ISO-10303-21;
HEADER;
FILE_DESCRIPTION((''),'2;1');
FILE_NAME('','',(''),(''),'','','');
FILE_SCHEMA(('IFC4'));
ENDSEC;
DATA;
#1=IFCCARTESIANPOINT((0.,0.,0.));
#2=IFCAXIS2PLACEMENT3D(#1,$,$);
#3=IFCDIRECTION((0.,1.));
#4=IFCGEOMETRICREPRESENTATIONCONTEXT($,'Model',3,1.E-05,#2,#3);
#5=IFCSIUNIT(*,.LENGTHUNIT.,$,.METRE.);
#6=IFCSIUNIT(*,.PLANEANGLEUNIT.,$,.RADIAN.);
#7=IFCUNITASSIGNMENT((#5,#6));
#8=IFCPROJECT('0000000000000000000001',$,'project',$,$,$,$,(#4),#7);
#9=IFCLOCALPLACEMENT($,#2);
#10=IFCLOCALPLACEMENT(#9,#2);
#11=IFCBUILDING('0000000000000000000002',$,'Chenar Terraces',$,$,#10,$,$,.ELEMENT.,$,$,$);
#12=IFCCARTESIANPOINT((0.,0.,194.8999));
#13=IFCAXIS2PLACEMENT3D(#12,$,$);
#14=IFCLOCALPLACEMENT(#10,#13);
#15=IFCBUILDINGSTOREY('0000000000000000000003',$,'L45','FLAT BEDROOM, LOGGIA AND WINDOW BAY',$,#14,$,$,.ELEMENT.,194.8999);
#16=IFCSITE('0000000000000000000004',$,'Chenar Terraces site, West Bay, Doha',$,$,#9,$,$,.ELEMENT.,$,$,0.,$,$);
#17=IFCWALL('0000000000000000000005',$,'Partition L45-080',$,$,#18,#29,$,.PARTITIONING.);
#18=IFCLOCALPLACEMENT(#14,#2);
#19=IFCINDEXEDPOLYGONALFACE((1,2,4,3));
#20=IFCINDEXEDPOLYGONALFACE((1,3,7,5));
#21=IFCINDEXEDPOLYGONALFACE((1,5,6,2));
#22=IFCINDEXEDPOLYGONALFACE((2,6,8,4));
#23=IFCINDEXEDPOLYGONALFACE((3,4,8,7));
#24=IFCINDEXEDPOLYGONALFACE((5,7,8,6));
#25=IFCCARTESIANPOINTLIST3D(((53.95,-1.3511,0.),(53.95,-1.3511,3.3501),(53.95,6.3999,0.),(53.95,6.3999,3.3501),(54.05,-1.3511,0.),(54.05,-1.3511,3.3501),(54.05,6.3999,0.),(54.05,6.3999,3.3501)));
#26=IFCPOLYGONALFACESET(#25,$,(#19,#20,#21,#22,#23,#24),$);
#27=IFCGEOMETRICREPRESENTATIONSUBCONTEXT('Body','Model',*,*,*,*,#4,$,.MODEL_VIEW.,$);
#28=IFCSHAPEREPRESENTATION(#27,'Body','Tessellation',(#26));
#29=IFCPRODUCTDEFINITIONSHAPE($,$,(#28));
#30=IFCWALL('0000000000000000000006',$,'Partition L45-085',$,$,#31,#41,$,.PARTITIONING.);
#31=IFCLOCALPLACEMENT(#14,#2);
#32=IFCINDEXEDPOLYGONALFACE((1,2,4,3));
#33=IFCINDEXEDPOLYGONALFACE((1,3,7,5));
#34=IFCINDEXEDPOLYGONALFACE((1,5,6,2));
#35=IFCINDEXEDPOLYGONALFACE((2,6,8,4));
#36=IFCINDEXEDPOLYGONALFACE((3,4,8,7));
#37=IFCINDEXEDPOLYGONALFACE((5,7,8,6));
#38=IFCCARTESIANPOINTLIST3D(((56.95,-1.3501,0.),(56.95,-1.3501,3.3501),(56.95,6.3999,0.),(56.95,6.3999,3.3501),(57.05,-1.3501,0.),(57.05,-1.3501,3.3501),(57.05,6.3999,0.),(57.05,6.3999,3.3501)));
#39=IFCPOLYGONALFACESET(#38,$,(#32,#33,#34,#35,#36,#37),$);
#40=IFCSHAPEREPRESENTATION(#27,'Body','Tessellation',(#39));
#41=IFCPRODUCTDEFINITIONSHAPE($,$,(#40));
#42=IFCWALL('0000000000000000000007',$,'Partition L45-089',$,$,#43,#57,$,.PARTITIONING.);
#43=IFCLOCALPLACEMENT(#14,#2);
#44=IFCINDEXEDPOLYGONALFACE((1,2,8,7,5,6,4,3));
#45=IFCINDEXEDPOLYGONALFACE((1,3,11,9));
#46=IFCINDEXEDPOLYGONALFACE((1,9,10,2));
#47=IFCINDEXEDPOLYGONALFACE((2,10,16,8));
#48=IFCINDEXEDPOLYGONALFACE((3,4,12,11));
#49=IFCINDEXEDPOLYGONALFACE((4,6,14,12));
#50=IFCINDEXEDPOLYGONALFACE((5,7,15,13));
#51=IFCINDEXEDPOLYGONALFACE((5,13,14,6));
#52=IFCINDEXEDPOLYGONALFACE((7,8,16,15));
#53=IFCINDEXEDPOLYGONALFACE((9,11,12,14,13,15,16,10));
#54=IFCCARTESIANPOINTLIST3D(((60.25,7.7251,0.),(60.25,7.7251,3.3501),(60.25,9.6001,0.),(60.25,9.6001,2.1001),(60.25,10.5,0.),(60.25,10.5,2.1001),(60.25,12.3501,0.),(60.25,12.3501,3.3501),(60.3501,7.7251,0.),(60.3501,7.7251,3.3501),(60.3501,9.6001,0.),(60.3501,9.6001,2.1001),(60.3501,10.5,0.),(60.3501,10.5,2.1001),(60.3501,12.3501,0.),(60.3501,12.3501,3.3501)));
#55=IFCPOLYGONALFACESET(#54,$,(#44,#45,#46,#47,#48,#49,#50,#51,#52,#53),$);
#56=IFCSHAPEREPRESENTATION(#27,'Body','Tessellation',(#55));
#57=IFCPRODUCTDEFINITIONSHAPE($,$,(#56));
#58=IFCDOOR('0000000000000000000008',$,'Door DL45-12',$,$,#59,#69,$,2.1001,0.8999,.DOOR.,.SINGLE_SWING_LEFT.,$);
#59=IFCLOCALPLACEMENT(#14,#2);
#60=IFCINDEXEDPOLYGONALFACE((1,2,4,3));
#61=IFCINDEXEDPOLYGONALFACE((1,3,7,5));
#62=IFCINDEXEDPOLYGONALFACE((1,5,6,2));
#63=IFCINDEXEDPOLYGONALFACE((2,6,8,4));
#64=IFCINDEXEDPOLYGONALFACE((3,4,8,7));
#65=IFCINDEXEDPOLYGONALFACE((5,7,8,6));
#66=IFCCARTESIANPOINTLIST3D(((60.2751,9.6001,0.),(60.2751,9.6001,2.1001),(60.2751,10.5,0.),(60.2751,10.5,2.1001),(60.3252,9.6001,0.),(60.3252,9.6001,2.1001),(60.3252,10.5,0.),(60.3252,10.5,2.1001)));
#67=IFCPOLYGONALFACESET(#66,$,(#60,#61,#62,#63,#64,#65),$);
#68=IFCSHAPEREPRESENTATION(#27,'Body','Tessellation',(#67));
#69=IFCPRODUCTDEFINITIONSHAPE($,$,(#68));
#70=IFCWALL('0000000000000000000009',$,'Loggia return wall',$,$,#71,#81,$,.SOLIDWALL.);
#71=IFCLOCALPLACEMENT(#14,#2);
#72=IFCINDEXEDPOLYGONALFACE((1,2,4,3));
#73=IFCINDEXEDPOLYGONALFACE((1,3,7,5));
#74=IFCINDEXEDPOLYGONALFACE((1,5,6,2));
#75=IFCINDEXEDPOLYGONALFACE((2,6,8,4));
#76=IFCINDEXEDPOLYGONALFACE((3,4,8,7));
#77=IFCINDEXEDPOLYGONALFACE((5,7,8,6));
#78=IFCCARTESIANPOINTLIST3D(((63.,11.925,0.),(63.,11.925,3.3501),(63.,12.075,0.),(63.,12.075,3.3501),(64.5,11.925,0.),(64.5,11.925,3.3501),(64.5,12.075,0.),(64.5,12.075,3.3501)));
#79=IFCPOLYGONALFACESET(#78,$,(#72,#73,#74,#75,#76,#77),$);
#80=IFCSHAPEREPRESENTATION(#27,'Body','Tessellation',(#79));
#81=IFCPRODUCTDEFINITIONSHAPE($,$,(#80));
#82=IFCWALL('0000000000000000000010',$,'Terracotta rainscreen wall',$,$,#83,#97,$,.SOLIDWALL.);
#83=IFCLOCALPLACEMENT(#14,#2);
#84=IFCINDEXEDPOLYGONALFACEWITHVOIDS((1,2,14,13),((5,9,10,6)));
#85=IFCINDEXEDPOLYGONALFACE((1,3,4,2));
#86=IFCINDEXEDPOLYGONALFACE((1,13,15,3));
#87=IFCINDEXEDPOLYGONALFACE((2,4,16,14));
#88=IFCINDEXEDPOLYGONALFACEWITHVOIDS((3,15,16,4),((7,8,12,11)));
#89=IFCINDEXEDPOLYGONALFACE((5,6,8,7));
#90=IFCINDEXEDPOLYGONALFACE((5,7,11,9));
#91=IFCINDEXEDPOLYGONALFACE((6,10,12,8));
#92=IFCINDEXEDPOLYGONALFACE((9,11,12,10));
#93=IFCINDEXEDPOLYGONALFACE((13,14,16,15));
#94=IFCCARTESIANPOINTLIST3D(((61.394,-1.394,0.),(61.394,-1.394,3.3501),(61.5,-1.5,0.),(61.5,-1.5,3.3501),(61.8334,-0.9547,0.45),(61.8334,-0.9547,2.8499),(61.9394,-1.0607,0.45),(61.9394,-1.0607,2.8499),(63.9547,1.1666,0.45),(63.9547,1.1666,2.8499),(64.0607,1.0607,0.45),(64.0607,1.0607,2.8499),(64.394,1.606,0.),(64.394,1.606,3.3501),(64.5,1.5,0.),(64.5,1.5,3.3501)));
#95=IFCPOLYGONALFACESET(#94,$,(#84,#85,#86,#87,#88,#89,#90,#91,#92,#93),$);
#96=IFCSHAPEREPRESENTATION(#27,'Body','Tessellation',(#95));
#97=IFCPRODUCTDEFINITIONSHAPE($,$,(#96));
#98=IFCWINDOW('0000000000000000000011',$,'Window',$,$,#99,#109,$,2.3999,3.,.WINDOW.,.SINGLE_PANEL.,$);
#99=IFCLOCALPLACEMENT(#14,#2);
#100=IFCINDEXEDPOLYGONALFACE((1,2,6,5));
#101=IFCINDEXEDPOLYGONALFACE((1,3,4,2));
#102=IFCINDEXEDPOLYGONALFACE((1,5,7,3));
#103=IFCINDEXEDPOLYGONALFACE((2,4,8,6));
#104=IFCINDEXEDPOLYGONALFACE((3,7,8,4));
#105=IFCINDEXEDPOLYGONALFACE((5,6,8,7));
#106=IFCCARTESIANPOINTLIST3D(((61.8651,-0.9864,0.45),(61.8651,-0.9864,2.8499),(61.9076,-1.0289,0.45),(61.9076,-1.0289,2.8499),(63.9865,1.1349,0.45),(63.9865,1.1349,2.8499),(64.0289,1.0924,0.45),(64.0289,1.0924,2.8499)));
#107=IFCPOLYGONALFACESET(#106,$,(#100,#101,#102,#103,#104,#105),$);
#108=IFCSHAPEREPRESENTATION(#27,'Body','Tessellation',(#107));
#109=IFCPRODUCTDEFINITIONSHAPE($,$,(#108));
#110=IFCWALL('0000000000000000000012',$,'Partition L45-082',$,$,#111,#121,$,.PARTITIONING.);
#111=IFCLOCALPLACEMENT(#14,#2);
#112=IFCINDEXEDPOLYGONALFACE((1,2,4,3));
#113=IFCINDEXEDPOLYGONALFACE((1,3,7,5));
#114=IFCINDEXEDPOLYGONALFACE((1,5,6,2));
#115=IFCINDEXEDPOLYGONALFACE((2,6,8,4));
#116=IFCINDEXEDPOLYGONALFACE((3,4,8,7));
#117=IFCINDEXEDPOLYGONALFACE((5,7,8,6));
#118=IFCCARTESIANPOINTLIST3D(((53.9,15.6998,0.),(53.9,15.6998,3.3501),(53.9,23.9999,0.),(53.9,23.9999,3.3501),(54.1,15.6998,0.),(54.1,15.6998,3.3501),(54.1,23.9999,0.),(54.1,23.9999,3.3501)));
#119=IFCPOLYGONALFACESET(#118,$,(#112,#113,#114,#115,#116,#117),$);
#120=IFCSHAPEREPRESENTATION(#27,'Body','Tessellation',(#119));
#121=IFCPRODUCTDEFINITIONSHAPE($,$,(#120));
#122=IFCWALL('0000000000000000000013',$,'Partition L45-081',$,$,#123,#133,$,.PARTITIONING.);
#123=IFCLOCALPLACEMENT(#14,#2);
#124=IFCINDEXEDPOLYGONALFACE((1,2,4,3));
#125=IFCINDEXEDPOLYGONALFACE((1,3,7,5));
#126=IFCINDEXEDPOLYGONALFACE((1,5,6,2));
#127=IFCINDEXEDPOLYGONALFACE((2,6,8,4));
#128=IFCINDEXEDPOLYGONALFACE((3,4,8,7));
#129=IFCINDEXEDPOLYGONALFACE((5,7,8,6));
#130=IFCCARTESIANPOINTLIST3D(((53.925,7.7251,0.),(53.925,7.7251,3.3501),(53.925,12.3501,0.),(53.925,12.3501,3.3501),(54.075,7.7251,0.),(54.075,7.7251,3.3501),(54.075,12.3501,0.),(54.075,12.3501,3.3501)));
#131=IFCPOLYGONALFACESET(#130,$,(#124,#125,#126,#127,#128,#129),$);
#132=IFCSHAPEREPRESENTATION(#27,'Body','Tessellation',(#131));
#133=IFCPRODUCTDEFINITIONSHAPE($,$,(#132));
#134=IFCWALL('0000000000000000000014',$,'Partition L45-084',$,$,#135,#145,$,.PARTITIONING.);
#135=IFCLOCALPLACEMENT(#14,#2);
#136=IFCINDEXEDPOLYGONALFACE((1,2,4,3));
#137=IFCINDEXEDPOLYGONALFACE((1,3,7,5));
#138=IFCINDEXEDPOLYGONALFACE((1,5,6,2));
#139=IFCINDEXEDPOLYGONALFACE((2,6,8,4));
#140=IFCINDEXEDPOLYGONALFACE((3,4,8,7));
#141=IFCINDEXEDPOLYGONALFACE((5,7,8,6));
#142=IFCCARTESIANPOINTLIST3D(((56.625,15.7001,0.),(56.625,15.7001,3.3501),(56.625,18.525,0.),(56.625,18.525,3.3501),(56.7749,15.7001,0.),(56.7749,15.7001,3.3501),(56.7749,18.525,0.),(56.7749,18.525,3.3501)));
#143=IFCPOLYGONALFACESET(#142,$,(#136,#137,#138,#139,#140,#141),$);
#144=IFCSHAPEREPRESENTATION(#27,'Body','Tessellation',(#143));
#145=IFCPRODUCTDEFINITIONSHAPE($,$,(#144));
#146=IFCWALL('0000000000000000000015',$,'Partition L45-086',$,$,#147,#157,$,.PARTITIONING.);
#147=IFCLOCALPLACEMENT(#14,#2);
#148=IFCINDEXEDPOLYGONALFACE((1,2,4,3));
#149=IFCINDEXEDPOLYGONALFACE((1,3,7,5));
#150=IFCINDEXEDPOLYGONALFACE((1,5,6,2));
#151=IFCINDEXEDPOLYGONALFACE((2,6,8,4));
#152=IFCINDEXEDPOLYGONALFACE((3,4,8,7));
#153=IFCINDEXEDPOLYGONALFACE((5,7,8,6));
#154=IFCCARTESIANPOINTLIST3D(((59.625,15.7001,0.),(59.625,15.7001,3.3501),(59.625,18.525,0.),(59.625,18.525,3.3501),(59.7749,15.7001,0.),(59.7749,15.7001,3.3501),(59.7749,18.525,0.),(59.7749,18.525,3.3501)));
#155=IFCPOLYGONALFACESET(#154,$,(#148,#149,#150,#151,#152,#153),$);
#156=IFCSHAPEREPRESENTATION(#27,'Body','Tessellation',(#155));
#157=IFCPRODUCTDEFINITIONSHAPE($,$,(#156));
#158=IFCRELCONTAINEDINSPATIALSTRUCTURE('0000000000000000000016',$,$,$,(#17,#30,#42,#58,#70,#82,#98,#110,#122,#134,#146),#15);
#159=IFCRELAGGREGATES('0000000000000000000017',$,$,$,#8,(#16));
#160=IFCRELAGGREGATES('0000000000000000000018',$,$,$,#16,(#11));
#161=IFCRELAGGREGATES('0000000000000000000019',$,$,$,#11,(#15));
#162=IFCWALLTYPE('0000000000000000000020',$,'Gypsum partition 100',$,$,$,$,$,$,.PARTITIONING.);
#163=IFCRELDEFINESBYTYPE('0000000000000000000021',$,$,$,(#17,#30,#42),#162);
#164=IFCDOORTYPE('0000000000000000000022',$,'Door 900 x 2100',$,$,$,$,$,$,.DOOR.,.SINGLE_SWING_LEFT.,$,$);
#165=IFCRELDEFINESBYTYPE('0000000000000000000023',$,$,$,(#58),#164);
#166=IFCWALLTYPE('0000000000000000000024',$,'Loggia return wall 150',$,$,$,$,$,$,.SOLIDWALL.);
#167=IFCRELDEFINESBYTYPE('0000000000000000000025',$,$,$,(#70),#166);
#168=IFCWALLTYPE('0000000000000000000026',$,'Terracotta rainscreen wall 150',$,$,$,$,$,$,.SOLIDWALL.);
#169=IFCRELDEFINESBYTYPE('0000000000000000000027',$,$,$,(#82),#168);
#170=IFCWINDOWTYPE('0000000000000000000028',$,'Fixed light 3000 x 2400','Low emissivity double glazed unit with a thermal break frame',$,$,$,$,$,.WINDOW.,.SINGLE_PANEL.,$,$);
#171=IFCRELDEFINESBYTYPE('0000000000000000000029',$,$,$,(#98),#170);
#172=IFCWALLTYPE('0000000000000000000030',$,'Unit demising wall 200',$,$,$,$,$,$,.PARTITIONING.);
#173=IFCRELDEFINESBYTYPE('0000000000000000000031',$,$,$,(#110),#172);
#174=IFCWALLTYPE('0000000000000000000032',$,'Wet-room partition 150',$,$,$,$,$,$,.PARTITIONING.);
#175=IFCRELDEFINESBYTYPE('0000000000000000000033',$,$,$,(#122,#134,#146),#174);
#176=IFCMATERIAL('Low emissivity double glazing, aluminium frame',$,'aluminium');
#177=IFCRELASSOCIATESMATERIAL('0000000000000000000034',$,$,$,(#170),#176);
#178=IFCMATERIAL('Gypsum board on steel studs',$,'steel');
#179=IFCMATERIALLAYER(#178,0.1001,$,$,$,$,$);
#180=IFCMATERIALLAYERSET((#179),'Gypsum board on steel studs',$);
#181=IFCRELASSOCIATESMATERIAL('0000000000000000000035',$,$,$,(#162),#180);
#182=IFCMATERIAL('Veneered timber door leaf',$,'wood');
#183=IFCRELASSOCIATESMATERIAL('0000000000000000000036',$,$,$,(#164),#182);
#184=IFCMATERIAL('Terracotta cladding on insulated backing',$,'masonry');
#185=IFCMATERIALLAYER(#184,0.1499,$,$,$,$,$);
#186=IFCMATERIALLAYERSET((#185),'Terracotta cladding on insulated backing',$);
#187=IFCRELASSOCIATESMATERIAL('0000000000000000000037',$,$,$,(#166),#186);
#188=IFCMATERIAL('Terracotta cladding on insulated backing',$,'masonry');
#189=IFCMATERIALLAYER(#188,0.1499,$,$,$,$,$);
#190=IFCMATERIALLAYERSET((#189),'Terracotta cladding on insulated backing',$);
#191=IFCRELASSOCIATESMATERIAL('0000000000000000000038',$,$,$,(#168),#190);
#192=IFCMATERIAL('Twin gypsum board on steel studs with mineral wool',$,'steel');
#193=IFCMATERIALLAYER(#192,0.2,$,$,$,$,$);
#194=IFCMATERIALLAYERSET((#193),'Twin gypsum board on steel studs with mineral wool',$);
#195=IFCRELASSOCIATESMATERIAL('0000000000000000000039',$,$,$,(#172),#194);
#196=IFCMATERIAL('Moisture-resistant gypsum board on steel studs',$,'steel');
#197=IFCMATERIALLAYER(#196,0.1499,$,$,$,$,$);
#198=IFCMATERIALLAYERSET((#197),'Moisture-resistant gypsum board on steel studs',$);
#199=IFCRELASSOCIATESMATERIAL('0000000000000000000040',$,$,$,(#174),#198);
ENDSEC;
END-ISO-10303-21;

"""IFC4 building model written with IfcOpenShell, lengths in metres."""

from ifc_helpers import new_model, si_unit, direction, frame, frame_2d, origin, place, context, subcontext, project, spatial, rectangle, extrude, material, layer, layer_set, type_object, element, fill, save


model = new_model("IFC4")

# Units and contexts
model_context = context("Model", 3, precision=1e-05, world=origin(), true_north=direction((0.0, 1.0)))
body_context = subcontext(model_context, "Body", "Model", "MODEL_VIEW")
ifc_project = project(units=[si_unit("LENGTHUNIT", "METRE"), si_unit("PLANEANGLEUNIT", "RADIAN")], contexts=[model_context])

# Site, building, storey
site_placement = place(None, origin())
site = spatial("IfcSite", under=ifc_project, at=site_placement, Name="Chenar Terraces site, West Bay, Doha", CompositionType="ELEMENT", RefElevation=0.0)
building_placement = place(site_placement, origin())
building = spatial("IfcBuilding", under=site, at=building_placement, Name="Chenar Terraces", CompositionType="ELEMENT")
storey_placement = place(building_placement, frame((0.0, 0.0, 194.8999)))
storey = spatial("IfcBuildingStorey", under=building, at=storey_placement, Name="L45", Description="FLAT BEDROOM, LOGGIA AND WINDOW BAY", CompositionType="ELEMENT", Elevation=194.8999)

# Shared definitions
ifc_material_1 = material(Name="Low emissivity double glazing, aluminium frame", Category="aluminium")
window_type_1 = type_object("IfcWindowType", Name="Fixed light 3000 x 2400", Description="Low emissivity double glazed unit with a thermal break frame", PartitioningType="SINGLE_PANEL", PredefinedType="WINDOW", material=ifc_material_1)

# Walls
ifc_material_2 = material(Name="Gypsum board on steel studs", Category="steel")
ifc_layer_1 = layer(ifc_material_2, 0.1001)
ifc_layer_set_1 = layer_set([ifc_layer_1], Name="Gypsum board on steel studs")
wall_type_1 = type_object("IfcWallType", Name="Gypsum partition 100", PredefinedType="PARTITIONING", material=ifc_layer_set_1)
wall_1_placement = place(storey_placement, frame((54.0, -1.3511, 0.0), z_axis=(0.0, 0.0, 1.0), x_axis=(0.0, 1.0, 0.0)))
element("IfcWall", 1, at=wall_1_placement, inside=storey, type_object=wall_type_1, Name="Partition L45-080", PredefinedType="PARTITIONING", context=body_context, shape_type="SweptSolid", body=[
    extrude(rectangle(XDim=7.751, YDim=0.1001, at=frame_2d((3.8755, 0.0))), origin(), (0.0, 0.0, 1.0), 3.3501),
])
wall_2_placement = place(storey_placement, frame((57.0, -1.3501, 0.0), z_axis=(0.0, 0.0, 1.0), x_axis=(0.0, 1.0, 0.0)))
element("IfcWall", 2, at=wall_2_placement, inside=storey, type_object=wall_type_1, Name="Partition L45-085", PredefinedType="PARTITIONING", context=body_context, shape_type="SweptSolid", body=[
    extrude(rectangle(XDim=7.75, YDim=0.1001, at=frame_2d((3.875, 0.0))), origin(), (0.0, 0.0, 1.0), 3.3501),
])

# Wall, opening, door
wall_3_placement = place(storey_placement, frame((60.3, 7.7251, 0.0), z_axis=(0.0, 0.0, 1.0), x_axis=(0.0, 1.0, 0.0)))
wall_3 = element("IfcWall", 3, at=wall_3_placement, inside=storey, type_object=wall_type_1, Name="Partition L45-089", PredefinedType="PARTITIONING", context=body_context, shape_type="SweptSolid", body=[
    extrude(rectangle(XDim=4.625, YDim=0.1001, at=frame_2d((2.3125, 0.0))), origin(), (0.0, 0.0, 1.0), 3.3501),
])
opening_1_placement = place(wall_3_placement, frame((1.875, 0.0, 0.0)))
opening_1 = element("IfcOpeningElement", 4, at=opening_1_placement, cuts=wall_3, PredefinedType="OPENING", context=body_context, shape_type="SweptSolid", body=[
    extrude(rectangle(XDim=0.8999, YDim=2.1001, at=frame_2d((0.45, 1.05))), frame((0.0, 0.0601, 0.0), z_axis=(0.0, -1.0, 0.0), x_axis=(1.0, 0.0, 0.0)), (0.0, 0.0, 1.0), 0.1201),
])
ifc_material_3 = material(Name="Veneered timber door leaf", Category="wood")
door_type_1 = type_object("IfcDoorType", Name="Door 900 x 2100", OperationType="SINGLE_SWING_LEFT", PredefinedType="DOOR", material=ifc_material_3)
door_1_placement = place(opening_1_placement, origin())
door_1 = element("IfcDoor", 5, at=door_1_placement, inside=storey, type_object=door_type_1, Name="Door DL45-12", OperationType="SINGLE_SWING_LEFT", OverallHeight=2.1001, OverallWidth=0.8999, PredefinedType="DOOR", context=body_context, shape_type="SweptSolid", body=[
    extrude(rectangle(XDim=0.8999, YDim=2.1001, at=frame_2d((0.45, 1.05))), frame((0.0, 0.0249, 0.0), z_axis=(0.0, -1.0, 0.0), x_axis=(1.0, 0.0, 0.0)), (0.0, 0.0, 1.0), 0.05),
])
fill(opening_1, door_1)

# Wall
ifc_material_4 = material(Name="Terracotta cladding on insulated backing", Category="masonry")
ifc_layer_2 = layer(ifc_material_4, 0.1499)
ifc_layer_set_2 = layer_set([ifc_layer_2], Name="Terracotta cladding on insulated backing")
wall_type_2 = type_object("IfcWallType", Name="Loggia return wall 150", PredefinedType="SOLIDWALL", material=ifc_layer_set_2)
wall_4_placement = place(storey_placement, frame((64.5, 12.0, 0.0), z_axis=(0.0, 0.0, 1.0), x_axis=(-1.0, 0.0, 0.0)))
element("IfcWall", 6, at=wall_4_placement, inside=storey, type_object=wall_type_2, Name="Loggia return wall", PredefinedType="SOLIDWALL", context=body_context, shape_type="SweptSolid", body=[
    extrude(rectangle(XDim=1.5, YDim=0.1499, at=frame_2d((0.75, 0.0))), origin(), (0.0, 0.0, 1.0), 3.3501),
])

# Wall, opening, window
ifc_material_5 = material(Name="Terracotta cladding on insulated backing", Category="masonry")
ifc_layer_3 = layer(ifc_material_5, 0.1499)
ifc_layer_set_3 = layer_set([ifc_layer_3], Name="Terracotta cladding on insulated backing")
wall_type_3 = type_object("IfcWallType", Name="Terracotta rainscreen wall 150", PredefinedType="SOLIDWALL", material=ifc_layer_set_3)
wall_5_placement = place(storey_placement, frame((61.447, -1.447, 0.0), z_axis=(0.0, 0.0, 1.0), x_axis=(0.707107, 0.707107, 0.0)))
wall_5 = element("IfcWall", 7, at=wall_5_placement, inside=storey, type_object=wall_type_3, Name="Terracotta rainscreen wall", PredefinedType="SOLIDWALL", context=body_context, shape_type="SweptSolid", body=[
    extrude(rectangle(XDim=4.2427, YDim=0.1499, at=frame_2d((2.1213, 0.0))), origin(), (0.0, 0.0, 1.0), 3.3501),
])
opening_2_placement = place(wall_5_placement, frame((0.6213, 0.0, 0.45)))
opening_2 = element("IfcOpeningElement", 8, at=opening_2_placement, cuts=wall_5, PredefinedType="OPENING", context=body_context, shape_type="SweptSolid", body=[
    extrude(rectangle(XDim=3.0, YDim=2.3999, at=frame_2d((1.5, 1.2))), frame((0.0, 0.085, 0.0), z_axis=(0.0, -1.0, 0.0), x_axis=(1.0, 0.0, 0.0)), (0.0, 0.0, 1.0), 0.1699),
])
window_1_placement = place(opening_2_placement, origin())
window_1 = element("IfcWindow", 9, at=window_1_placement, inside=storey, type_object=window_type_1, Name="Window", OverallHeight=2.3999, OverallWidth=3.0, PartitioningType="SINGLE_PANEL", PredefinedType="WINDOW", context=body_context, shape_type="SweptSolid", body=[
    extrude(rectangle(XDim=3.0, YDim=2.3999, at=frame_2d((1.5, 1.2))), frame((0.0, 0.03, 0.0), z_axis=(0.0, -1.0, 0.0), x_axis=(1.0, 0.0, 0.0)), (0.0, 0.0, 1.0), 0.0601),
])
fill(opening_2, window_1)

# Walls
ifc_material_6 = material(Name="Twin gypsum board on steel studs with mineral wool", Category="steel")
ifc_layer_4 = layer(ifc_material_6, 0.2)
ifc_layer_set_4 = layer_set([ifc_layer_4], Name="Twin gypsum board on steel studs with mineral wool")
wall_type_4 = type_object("IfcWallType", Name="Unit demising wall 200", PredefinedType="PARTITIONING", material=ifc_layer_set_4)
wall_6_placement = place(storey_placement, frame((54.0, 15.7, 0.0), z_axis=(0.0, 0.0, 1.0), x_axis=(0.0, 1.0, 0.0)))
element("IfcWall", 10, at=wall_6_placement, inside=storey, type_object=wall_type_4, Name="Partition L45-082", PredefinedType="PARTITIONING", context=body_context, shape_type="SweptSolid", body=[
    extrude(rectangle(XDim=8.3, YDim=0.2, at=frame_2d((4.1499, 0.0))), origin(), (0.0, 0.0, 1.0), 3.3501),
])
ifc_material_7 = material(Name="Moisture-resistant gypsum board on steel studs", Category="steel")
ifc_layer_5 = layer(ifc_material_7, 0.1499)
ifc_layer_set_5 = layer_set([ifc_layer_5], Name="Moisture-resistant gypsum board on steel studs")
wall_type_5 = type_object("IfcWallType", Name="Wet-room partition 150", PredefinedType="PARTITIONING", material=ifc_layer_set_5)
wall_7_placement = place(storey_placement, frame((54.0, 7.7251, 0.0), z_axis=(0.0, 0.0, 1.0), x_axis=(0.0, 1.0, 0.0)))
element("IfcWall", 11, at=wall_7_placement, inside=storey, type_object=wall_type_5, Name="Partition L45-081", PredefinedType="PARTITIONING", context=body_context, shape_type="SweptSolid", body=[
    extrude(rectangle(XDim=4.625, YDim=0.1499, at=frame_2d((2.3125, 0.0))), origin(), (0.0, 0.0, 1.0), 3.3501),
])
for number, where, z_axis, x_axis, name in (
    (12, (56.7, 15.7, 0.0), (0.0, 0.0, 1.0), (0.0, 1.0, 0.0), "Partition L45-084"),
    (13, (59.7, 15.7, 0.0), (0.0, 0.0, 1.0), (0.0, 1.0, 0.0), "Partition L45-086"),
):
    element("IfcWall", number, at=place(storey_placement, frame(where, z_axis=z_axis, x_axis=x_axis)), inside=storey, type_object=wall_type_5, Name=name, PredefinedType="PARTITIONING", context=body_context, shape_type="SweptSolid", body=[
        extrude(rectangle(XDim=2.825, YDim=0.1499, at=frame_2d((1.4126, 0.0))), origin(), (0.0, 0.0, 1.0), 3.3501),
    ])

save(model, "model.ifc")
